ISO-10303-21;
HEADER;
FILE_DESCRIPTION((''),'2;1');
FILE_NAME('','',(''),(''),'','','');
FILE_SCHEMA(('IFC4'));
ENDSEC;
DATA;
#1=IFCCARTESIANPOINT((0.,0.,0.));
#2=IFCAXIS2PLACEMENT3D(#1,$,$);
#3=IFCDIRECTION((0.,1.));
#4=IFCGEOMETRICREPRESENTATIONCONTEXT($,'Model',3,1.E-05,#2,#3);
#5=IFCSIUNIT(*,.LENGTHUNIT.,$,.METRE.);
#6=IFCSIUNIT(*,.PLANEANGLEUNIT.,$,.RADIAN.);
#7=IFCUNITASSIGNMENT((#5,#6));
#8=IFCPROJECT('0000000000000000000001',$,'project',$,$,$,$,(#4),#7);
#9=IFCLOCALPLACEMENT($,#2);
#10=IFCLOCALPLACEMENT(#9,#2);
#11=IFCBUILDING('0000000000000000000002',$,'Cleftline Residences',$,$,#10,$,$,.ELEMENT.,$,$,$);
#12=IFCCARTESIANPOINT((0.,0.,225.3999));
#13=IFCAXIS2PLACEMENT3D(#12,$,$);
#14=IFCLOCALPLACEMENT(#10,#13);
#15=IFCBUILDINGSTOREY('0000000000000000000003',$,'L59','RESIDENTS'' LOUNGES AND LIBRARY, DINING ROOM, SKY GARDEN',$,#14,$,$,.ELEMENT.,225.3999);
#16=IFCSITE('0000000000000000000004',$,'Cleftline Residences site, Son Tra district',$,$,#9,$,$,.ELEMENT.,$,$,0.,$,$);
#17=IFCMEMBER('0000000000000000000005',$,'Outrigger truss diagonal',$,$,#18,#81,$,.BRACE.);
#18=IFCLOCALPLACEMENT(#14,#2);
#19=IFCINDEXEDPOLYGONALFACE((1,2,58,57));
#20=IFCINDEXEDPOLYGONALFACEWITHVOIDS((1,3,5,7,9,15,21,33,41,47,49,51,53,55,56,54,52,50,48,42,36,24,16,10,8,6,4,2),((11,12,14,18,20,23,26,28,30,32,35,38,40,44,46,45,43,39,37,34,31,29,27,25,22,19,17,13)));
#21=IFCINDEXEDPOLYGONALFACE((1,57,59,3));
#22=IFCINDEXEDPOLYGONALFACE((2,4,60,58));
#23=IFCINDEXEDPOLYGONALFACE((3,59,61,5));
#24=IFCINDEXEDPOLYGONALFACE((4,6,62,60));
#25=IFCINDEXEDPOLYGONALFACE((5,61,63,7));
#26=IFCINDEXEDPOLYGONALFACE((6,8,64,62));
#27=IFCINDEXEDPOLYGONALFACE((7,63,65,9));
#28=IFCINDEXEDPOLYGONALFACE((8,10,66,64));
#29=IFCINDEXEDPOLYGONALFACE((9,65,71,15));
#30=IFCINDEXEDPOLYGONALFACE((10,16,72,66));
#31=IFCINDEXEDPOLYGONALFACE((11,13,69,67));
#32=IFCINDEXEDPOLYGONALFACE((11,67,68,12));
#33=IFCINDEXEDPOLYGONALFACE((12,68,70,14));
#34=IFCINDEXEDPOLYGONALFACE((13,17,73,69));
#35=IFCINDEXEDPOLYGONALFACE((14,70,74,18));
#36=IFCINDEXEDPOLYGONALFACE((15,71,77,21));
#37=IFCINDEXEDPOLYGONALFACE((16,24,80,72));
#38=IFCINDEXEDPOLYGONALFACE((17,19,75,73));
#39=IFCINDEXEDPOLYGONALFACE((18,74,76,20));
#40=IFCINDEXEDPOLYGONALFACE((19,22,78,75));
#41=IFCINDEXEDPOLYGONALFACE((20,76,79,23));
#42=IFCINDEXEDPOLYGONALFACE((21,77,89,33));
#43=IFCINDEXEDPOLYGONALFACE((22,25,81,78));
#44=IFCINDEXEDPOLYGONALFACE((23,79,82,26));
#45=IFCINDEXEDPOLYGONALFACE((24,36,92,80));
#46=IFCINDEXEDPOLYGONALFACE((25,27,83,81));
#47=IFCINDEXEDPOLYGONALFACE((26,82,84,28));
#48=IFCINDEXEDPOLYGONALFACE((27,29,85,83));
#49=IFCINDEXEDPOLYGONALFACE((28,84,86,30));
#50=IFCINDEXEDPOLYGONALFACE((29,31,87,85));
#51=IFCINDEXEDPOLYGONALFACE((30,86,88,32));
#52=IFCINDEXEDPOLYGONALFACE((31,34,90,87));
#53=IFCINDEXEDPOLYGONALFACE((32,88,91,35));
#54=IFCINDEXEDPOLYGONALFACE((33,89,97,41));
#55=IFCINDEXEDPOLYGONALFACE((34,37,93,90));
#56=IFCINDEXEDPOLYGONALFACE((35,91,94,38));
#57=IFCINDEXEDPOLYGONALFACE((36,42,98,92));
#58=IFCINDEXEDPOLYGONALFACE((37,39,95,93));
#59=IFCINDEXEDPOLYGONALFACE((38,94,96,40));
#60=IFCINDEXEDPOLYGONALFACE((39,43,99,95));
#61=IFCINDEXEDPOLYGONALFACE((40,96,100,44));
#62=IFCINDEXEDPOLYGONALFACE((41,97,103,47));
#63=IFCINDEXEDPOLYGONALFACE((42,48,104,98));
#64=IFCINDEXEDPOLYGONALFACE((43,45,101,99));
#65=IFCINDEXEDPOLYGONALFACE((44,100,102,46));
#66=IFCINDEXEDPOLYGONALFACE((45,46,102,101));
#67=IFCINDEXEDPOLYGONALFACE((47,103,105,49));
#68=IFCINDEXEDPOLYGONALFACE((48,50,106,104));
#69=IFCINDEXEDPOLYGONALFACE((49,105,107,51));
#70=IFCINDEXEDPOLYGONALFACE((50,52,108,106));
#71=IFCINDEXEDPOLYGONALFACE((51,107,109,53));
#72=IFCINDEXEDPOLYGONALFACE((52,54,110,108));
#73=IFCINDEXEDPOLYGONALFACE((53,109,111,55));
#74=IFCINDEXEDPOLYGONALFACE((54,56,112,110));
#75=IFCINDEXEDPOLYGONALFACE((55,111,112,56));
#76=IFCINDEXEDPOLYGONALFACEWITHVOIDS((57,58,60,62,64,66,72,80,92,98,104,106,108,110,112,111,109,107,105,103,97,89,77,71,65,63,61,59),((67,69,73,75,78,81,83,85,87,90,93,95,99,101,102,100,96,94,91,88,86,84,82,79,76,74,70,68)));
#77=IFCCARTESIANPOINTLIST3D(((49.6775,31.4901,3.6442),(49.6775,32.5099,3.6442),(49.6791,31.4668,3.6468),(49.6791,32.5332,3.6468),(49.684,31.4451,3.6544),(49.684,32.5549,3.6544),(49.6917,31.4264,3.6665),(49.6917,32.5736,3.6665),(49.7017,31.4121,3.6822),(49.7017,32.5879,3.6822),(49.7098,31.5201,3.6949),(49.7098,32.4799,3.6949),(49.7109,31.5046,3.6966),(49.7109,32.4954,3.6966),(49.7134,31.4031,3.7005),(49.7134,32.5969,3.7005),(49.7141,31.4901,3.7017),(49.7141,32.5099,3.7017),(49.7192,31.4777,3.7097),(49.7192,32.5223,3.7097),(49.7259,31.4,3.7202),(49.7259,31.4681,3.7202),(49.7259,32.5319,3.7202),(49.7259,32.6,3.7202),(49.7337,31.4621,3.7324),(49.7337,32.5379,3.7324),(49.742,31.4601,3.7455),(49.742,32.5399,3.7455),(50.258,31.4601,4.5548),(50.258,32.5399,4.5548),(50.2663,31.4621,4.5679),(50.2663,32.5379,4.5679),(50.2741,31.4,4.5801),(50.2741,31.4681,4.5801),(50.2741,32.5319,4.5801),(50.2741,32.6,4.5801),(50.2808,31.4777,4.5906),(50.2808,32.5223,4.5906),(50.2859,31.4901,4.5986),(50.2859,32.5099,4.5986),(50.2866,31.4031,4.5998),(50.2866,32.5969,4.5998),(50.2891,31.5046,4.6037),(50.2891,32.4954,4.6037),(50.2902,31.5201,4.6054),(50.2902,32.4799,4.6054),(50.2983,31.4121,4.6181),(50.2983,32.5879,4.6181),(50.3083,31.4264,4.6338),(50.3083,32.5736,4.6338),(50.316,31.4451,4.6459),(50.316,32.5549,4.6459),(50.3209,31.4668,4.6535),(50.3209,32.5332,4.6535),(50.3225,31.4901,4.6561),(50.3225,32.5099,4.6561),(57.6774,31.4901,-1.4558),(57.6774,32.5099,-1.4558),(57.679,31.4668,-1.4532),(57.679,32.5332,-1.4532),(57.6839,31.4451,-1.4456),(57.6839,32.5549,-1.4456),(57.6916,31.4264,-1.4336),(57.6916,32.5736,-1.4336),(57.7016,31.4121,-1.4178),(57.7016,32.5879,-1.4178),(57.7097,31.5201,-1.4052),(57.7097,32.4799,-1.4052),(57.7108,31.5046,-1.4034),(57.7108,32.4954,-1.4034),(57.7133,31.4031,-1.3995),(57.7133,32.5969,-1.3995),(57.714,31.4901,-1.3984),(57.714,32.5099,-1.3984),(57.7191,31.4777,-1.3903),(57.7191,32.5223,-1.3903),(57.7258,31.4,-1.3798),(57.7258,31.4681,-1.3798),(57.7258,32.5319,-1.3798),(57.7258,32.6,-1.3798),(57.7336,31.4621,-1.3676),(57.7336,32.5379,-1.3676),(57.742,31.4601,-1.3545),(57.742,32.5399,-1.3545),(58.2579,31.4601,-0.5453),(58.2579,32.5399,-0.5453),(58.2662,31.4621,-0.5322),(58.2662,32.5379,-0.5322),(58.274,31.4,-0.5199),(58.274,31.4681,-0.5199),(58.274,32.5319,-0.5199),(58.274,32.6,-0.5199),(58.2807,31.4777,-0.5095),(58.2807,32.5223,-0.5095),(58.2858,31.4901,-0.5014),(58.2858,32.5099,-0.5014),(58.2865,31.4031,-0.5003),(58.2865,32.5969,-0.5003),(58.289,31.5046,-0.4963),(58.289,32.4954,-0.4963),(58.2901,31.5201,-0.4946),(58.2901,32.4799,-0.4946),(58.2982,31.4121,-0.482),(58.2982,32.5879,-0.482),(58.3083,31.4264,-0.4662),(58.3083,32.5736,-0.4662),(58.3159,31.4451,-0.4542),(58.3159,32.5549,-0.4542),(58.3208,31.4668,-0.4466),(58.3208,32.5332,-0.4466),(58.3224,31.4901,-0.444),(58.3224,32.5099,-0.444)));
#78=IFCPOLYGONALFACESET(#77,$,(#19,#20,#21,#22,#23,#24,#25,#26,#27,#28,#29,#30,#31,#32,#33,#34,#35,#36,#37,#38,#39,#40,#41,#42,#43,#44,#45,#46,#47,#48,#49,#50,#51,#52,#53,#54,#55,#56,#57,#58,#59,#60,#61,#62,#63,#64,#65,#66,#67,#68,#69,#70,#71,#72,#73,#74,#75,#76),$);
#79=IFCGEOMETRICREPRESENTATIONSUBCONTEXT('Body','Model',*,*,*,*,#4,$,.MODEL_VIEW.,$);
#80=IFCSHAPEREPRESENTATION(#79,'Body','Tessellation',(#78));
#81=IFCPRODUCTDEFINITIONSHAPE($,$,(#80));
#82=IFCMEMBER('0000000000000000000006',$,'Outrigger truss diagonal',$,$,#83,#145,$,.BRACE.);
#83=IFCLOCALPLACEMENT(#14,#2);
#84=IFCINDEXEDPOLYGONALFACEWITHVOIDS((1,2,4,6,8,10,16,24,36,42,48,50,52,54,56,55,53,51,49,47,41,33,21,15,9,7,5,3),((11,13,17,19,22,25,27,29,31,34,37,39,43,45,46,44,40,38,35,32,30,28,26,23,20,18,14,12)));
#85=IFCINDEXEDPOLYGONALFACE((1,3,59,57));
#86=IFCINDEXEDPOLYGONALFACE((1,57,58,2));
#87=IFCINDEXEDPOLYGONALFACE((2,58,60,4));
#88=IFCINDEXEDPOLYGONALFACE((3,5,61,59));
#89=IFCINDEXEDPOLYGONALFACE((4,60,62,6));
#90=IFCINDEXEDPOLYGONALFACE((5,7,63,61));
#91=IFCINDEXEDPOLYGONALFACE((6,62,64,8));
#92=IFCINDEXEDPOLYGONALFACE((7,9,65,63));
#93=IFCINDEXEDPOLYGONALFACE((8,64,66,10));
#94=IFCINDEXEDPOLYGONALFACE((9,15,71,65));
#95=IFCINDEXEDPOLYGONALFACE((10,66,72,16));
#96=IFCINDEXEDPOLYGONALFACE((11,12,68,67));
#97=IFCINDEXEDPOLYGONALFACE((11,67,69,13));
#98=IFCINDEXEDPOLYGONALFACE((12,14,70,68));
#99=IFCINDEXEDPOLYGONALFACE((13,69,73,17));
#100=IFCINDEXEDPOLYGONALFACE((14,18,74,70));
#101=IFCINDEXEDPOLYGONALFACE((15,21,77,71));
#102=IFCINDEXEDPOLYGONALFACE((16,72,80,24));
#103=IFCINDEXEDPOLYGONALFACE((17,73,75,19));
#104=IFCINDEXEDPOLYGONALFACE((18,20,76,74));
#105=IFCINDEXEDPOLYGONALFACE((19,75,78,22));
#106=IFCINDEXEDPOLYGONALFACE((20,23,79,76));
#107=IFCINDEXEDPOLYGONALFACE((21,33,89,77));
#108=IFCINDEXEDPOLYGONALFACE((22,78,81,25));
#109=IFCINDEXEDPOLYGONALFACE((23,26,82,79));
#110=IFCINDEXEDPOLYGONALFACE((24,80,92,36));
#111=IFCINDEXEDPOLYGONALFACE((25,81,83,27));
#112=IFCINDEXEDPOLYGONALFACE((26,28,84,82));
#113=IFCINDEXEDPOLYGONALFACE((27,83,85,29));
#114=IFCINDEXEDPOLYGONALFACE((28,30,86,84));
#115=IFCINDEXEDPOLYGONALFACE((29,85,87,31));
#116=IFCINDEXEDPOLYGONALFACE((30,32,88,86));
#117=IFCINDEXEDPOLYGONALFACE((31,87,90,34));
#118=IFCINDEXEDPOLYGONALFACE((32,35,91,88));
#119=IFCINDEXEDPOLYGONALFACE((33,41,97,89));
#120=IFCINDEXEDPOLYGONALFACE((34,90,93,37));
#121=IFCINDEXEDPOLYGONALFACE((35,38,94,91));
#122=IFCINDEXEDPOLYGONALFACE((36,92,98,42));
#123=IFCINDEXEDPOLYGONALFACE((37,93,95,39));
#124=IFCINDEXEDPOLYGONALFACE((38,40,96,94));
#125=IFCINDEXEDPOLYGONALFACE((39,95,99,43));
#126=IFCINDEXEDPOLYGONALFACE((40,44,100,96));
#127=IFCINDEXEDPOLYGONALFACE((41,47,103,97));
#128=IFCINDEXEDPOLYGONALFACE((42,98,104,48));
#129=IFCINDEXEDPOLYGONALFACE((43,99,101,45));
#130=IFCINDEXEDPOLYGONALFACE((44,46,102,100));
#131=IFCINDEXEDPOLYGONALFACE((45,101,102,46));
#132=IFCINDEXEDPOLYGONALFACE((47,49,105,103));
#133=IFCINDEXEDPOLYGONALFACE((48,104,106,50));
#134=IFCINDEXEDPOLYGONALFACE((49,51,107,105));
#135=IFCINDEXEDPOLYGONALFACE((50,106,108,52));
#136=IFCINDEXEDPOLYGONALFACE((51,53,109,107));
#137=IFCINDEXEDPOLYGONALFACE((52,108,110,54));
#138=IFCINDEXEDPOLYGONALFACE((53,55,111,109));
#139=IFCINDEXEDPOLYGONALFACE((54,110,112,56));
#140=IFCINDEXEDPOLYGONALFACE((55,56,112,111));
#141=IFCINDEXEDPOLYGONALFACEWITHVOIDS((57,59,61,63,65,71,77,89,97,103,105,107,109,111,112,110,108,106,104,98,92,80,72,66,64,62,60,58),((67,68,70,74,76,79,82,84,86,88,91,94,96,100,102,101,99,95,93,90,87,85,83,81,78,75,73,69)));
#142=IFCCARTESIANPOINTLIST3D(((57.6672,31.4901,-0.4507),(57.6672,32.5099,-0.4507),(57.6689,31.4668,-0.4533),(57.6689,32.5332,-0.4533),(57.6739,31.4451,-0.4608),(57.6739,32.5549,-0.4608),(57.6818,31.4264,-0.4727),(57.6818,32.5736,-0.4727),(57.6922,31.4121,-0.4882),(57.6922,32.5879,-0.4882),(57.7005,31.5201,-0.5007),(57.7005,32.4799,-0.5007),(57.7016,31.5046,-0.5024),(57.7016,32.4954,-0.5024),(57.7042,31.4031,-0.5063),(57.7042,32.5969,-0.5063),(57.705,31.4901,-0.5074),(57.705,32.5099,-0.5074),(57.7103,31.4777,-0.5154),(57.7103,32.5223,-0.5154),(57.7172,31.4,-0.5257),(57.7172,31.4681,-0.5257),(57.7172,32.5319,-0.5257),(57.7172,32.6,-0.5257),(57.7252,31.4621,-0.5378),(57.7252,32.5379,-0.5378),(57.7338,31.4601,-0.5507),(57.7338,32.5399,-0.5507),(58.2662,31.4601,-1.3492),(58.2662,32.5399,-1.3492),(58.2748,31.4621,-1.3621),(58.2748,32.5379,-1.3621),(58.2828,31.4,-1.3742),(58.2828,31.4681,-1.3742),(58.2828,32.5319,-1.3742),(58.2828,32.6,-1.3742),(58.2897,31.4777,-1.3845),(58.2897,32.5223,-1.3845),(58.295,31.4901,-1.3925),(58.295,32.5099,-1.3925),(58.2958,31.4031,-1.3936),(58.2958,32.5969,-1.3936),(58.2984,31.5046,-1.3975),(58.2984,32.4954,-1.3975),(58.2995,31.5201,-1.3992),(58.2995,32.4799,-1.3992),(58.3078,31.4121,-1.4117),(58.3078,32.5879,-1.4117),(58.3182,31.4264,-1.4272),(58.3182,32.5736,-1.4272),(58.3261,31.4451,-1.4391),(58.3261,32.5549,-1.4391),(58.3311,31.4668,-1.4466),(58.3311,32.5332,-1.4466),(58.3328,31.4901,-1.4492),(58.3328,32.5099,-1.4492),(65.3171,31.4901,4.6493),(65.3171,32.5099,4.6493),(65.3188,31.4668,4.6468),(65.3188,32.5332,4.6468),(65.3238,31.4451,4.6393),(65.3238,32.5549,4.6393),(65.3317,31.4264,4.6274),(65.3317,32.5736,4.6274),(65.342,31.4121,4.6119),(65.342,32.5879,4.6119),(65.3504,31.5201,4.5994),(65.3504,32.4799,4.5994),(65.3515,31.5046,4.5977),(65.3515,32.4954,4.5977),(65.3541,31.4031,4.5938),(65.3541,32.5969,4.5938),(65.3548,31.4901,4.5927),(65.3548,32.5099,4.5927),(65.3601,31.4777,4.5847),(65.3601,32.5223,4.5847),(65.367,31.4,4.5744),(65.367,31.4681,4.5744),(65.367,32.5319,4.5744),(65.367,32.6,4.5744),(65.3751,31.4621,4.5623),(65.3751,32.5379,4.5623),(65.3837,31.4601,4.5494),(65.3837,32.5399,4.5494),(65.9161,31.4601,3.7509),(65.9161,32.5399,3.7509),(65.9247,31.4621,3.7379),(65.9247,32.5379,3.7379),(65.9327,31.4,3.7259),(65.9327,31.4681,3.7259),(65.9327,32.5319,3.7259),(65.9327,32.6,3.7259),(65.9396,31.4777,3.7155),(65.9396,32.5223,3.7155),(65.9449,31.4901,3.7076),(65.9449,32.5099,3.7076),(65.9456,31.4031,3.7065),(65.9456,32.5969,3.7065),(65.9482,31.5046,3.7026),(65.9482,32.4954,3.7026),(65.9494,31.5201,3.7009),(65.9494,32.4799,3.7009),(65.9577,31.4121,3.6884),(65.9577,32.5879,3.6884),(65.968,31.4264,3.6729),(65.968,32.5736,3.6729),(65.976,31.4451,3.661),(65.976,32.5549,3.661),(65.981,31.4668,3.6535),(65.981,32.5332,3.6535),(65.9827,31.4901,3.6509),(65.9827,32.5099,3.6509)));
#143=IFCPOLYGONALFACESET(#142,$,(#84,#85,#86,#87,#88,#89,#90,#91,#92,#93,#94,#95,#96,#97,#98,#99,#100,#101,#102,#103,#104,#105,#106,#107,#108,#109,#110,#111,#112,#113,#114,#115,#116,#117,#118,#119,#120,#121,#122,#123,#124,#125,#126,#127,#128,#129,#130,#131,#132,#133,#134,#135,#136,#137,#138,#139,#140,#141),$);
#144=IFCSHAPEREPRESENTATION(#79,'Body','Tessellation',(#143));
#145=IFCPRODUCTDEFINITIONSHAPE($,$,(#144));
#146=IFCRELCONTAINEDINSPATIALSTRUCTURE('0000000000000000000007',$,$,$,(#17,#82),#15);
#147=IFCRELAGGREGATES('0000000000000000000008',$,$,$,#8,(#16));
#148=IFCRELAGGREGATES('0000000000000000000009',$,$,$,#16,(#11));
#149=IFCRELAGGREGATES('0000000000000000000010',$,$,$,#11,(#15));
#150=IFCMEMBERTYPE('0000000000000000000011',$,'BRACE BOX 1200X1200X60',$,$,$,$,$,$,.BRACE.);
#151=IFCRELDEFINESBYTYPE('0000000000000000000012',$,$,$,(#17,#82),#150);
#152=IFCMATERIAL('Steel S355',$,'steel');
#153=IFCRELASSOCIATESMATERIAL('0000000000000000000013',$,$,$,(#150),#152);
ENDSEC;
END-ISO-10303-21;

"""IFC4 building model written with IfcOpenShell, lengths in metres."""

from ifc_helpers import new_model, si_unit, direction, frame, origin, origin_2d, place, context, subcontext, project, spatial, hollow_rectangle, extrude, material, material_profile, profile_set, type_object, element, save


model = new_model("IFC4")

# Units and contexts
model_context = context("Model", 3, precision=1e-05, world=origin(), true_north=direction((0.0, 1.0)))
body_context = subcontext(model_context, "Body", "Model", "MODEL_VIEW")
ifc_project = project(units=[si_unit("LENGTHUNIT", "METRE"), si_unit("PLANEANGLEUNIT", "RADIAN")], contexts=[model_context])

# Site, building, storey
site_placement = place(None, origin())
site = spatial("IfcSite", under=ifc_project, at=site_placement, Name="Cleftline Residences site, Son Tra district", CompositionType="ELEMENT", RefElevation=0.0)
building_placement = place(site_placement, origin())
building = spatial("IfcBuilding", under=site, at=building_placement, Name="Cleftline Residences", CompositionType="ELEMENT")
storey_placement = place(building_placement, frame((0.0, 0.0, 225.3999)))
storey = spatial("IfcBuildingStorey", under=building, at=storey_placement, Name="L59", Description="RESIDENTS' LOUNGES AND LIBRARY, DINING ROOM, SKY GARDEN", CompositionType="ELEMENT", Elevation=225.3999)

# Members
ifc_material_1 = material(Name="Steel S355", Category="steel")
ifc_material_profile_1 = material_profile(ifc_material_1, hollow_rectangle(XDim=1.2, YDim=1.2, WallThickness=0.0601, InnerFilletRadius=0.0601, OuterFilletRadius=0.0901, at=origin_2d()))
ifc_profile_set_1 = profile_set([ifc_material_profile_1], Name="Steel S355")
member_type_1 = type_object("IfcMemberType", Name="BRACE BOX 1200X1200X60", PredefinedType="BRACE", material=ifc_profile_set_1)
member_1_placement = place(storey_placement, frame((50.0, 32.0, 4.1501), z_axis=(0.843223, 0.0, -0.537565), x_axis=(0.537565, 0.0, 0.843223)))
element("IfcMember", 1, at=member_1_placement, inside=storey, type_object=member_type_1, Name="Outrigger truss diagonal", PredefinedType="BRACE", context=body_context, shape_type="SweptSolid", body=[
    extrude(hollow_rectangle(XDim=1.2, YDim=1.2, WallThickness=0.0601, InnerFilletRadius=0.0601, OuterFilletRadius=0.0901, at=origin_2d()), origin(), (0.0, 0.0, 1.0), 9.4873),
])
member_2_placement = place(storey_placement, frame((58.0, 32.0, -0.95), z_axis=(0.832042, 0.0, 0.554712), x_axis=(-0.554712, 0.0, 0.832042)))
element("IfcMember", 2, at=member_2_placement, inside=storey, type_object=member_type_1, Name="Outrigger truss diagonal", PredefinedType="BRACE", context=body_context, shape_type="SweptSolid", body=[
    extrude(hollow_rectangle(XDim=1.2, YDim=1.2, WallThickness=0.0601, InnerFilletRadius=0.0601, OuterFilletRadius=0.0901, at=origin_2d()), origin(), (0.0, 0.0, 1.0), 9.1941),
])

save(model, "model.ifc")
